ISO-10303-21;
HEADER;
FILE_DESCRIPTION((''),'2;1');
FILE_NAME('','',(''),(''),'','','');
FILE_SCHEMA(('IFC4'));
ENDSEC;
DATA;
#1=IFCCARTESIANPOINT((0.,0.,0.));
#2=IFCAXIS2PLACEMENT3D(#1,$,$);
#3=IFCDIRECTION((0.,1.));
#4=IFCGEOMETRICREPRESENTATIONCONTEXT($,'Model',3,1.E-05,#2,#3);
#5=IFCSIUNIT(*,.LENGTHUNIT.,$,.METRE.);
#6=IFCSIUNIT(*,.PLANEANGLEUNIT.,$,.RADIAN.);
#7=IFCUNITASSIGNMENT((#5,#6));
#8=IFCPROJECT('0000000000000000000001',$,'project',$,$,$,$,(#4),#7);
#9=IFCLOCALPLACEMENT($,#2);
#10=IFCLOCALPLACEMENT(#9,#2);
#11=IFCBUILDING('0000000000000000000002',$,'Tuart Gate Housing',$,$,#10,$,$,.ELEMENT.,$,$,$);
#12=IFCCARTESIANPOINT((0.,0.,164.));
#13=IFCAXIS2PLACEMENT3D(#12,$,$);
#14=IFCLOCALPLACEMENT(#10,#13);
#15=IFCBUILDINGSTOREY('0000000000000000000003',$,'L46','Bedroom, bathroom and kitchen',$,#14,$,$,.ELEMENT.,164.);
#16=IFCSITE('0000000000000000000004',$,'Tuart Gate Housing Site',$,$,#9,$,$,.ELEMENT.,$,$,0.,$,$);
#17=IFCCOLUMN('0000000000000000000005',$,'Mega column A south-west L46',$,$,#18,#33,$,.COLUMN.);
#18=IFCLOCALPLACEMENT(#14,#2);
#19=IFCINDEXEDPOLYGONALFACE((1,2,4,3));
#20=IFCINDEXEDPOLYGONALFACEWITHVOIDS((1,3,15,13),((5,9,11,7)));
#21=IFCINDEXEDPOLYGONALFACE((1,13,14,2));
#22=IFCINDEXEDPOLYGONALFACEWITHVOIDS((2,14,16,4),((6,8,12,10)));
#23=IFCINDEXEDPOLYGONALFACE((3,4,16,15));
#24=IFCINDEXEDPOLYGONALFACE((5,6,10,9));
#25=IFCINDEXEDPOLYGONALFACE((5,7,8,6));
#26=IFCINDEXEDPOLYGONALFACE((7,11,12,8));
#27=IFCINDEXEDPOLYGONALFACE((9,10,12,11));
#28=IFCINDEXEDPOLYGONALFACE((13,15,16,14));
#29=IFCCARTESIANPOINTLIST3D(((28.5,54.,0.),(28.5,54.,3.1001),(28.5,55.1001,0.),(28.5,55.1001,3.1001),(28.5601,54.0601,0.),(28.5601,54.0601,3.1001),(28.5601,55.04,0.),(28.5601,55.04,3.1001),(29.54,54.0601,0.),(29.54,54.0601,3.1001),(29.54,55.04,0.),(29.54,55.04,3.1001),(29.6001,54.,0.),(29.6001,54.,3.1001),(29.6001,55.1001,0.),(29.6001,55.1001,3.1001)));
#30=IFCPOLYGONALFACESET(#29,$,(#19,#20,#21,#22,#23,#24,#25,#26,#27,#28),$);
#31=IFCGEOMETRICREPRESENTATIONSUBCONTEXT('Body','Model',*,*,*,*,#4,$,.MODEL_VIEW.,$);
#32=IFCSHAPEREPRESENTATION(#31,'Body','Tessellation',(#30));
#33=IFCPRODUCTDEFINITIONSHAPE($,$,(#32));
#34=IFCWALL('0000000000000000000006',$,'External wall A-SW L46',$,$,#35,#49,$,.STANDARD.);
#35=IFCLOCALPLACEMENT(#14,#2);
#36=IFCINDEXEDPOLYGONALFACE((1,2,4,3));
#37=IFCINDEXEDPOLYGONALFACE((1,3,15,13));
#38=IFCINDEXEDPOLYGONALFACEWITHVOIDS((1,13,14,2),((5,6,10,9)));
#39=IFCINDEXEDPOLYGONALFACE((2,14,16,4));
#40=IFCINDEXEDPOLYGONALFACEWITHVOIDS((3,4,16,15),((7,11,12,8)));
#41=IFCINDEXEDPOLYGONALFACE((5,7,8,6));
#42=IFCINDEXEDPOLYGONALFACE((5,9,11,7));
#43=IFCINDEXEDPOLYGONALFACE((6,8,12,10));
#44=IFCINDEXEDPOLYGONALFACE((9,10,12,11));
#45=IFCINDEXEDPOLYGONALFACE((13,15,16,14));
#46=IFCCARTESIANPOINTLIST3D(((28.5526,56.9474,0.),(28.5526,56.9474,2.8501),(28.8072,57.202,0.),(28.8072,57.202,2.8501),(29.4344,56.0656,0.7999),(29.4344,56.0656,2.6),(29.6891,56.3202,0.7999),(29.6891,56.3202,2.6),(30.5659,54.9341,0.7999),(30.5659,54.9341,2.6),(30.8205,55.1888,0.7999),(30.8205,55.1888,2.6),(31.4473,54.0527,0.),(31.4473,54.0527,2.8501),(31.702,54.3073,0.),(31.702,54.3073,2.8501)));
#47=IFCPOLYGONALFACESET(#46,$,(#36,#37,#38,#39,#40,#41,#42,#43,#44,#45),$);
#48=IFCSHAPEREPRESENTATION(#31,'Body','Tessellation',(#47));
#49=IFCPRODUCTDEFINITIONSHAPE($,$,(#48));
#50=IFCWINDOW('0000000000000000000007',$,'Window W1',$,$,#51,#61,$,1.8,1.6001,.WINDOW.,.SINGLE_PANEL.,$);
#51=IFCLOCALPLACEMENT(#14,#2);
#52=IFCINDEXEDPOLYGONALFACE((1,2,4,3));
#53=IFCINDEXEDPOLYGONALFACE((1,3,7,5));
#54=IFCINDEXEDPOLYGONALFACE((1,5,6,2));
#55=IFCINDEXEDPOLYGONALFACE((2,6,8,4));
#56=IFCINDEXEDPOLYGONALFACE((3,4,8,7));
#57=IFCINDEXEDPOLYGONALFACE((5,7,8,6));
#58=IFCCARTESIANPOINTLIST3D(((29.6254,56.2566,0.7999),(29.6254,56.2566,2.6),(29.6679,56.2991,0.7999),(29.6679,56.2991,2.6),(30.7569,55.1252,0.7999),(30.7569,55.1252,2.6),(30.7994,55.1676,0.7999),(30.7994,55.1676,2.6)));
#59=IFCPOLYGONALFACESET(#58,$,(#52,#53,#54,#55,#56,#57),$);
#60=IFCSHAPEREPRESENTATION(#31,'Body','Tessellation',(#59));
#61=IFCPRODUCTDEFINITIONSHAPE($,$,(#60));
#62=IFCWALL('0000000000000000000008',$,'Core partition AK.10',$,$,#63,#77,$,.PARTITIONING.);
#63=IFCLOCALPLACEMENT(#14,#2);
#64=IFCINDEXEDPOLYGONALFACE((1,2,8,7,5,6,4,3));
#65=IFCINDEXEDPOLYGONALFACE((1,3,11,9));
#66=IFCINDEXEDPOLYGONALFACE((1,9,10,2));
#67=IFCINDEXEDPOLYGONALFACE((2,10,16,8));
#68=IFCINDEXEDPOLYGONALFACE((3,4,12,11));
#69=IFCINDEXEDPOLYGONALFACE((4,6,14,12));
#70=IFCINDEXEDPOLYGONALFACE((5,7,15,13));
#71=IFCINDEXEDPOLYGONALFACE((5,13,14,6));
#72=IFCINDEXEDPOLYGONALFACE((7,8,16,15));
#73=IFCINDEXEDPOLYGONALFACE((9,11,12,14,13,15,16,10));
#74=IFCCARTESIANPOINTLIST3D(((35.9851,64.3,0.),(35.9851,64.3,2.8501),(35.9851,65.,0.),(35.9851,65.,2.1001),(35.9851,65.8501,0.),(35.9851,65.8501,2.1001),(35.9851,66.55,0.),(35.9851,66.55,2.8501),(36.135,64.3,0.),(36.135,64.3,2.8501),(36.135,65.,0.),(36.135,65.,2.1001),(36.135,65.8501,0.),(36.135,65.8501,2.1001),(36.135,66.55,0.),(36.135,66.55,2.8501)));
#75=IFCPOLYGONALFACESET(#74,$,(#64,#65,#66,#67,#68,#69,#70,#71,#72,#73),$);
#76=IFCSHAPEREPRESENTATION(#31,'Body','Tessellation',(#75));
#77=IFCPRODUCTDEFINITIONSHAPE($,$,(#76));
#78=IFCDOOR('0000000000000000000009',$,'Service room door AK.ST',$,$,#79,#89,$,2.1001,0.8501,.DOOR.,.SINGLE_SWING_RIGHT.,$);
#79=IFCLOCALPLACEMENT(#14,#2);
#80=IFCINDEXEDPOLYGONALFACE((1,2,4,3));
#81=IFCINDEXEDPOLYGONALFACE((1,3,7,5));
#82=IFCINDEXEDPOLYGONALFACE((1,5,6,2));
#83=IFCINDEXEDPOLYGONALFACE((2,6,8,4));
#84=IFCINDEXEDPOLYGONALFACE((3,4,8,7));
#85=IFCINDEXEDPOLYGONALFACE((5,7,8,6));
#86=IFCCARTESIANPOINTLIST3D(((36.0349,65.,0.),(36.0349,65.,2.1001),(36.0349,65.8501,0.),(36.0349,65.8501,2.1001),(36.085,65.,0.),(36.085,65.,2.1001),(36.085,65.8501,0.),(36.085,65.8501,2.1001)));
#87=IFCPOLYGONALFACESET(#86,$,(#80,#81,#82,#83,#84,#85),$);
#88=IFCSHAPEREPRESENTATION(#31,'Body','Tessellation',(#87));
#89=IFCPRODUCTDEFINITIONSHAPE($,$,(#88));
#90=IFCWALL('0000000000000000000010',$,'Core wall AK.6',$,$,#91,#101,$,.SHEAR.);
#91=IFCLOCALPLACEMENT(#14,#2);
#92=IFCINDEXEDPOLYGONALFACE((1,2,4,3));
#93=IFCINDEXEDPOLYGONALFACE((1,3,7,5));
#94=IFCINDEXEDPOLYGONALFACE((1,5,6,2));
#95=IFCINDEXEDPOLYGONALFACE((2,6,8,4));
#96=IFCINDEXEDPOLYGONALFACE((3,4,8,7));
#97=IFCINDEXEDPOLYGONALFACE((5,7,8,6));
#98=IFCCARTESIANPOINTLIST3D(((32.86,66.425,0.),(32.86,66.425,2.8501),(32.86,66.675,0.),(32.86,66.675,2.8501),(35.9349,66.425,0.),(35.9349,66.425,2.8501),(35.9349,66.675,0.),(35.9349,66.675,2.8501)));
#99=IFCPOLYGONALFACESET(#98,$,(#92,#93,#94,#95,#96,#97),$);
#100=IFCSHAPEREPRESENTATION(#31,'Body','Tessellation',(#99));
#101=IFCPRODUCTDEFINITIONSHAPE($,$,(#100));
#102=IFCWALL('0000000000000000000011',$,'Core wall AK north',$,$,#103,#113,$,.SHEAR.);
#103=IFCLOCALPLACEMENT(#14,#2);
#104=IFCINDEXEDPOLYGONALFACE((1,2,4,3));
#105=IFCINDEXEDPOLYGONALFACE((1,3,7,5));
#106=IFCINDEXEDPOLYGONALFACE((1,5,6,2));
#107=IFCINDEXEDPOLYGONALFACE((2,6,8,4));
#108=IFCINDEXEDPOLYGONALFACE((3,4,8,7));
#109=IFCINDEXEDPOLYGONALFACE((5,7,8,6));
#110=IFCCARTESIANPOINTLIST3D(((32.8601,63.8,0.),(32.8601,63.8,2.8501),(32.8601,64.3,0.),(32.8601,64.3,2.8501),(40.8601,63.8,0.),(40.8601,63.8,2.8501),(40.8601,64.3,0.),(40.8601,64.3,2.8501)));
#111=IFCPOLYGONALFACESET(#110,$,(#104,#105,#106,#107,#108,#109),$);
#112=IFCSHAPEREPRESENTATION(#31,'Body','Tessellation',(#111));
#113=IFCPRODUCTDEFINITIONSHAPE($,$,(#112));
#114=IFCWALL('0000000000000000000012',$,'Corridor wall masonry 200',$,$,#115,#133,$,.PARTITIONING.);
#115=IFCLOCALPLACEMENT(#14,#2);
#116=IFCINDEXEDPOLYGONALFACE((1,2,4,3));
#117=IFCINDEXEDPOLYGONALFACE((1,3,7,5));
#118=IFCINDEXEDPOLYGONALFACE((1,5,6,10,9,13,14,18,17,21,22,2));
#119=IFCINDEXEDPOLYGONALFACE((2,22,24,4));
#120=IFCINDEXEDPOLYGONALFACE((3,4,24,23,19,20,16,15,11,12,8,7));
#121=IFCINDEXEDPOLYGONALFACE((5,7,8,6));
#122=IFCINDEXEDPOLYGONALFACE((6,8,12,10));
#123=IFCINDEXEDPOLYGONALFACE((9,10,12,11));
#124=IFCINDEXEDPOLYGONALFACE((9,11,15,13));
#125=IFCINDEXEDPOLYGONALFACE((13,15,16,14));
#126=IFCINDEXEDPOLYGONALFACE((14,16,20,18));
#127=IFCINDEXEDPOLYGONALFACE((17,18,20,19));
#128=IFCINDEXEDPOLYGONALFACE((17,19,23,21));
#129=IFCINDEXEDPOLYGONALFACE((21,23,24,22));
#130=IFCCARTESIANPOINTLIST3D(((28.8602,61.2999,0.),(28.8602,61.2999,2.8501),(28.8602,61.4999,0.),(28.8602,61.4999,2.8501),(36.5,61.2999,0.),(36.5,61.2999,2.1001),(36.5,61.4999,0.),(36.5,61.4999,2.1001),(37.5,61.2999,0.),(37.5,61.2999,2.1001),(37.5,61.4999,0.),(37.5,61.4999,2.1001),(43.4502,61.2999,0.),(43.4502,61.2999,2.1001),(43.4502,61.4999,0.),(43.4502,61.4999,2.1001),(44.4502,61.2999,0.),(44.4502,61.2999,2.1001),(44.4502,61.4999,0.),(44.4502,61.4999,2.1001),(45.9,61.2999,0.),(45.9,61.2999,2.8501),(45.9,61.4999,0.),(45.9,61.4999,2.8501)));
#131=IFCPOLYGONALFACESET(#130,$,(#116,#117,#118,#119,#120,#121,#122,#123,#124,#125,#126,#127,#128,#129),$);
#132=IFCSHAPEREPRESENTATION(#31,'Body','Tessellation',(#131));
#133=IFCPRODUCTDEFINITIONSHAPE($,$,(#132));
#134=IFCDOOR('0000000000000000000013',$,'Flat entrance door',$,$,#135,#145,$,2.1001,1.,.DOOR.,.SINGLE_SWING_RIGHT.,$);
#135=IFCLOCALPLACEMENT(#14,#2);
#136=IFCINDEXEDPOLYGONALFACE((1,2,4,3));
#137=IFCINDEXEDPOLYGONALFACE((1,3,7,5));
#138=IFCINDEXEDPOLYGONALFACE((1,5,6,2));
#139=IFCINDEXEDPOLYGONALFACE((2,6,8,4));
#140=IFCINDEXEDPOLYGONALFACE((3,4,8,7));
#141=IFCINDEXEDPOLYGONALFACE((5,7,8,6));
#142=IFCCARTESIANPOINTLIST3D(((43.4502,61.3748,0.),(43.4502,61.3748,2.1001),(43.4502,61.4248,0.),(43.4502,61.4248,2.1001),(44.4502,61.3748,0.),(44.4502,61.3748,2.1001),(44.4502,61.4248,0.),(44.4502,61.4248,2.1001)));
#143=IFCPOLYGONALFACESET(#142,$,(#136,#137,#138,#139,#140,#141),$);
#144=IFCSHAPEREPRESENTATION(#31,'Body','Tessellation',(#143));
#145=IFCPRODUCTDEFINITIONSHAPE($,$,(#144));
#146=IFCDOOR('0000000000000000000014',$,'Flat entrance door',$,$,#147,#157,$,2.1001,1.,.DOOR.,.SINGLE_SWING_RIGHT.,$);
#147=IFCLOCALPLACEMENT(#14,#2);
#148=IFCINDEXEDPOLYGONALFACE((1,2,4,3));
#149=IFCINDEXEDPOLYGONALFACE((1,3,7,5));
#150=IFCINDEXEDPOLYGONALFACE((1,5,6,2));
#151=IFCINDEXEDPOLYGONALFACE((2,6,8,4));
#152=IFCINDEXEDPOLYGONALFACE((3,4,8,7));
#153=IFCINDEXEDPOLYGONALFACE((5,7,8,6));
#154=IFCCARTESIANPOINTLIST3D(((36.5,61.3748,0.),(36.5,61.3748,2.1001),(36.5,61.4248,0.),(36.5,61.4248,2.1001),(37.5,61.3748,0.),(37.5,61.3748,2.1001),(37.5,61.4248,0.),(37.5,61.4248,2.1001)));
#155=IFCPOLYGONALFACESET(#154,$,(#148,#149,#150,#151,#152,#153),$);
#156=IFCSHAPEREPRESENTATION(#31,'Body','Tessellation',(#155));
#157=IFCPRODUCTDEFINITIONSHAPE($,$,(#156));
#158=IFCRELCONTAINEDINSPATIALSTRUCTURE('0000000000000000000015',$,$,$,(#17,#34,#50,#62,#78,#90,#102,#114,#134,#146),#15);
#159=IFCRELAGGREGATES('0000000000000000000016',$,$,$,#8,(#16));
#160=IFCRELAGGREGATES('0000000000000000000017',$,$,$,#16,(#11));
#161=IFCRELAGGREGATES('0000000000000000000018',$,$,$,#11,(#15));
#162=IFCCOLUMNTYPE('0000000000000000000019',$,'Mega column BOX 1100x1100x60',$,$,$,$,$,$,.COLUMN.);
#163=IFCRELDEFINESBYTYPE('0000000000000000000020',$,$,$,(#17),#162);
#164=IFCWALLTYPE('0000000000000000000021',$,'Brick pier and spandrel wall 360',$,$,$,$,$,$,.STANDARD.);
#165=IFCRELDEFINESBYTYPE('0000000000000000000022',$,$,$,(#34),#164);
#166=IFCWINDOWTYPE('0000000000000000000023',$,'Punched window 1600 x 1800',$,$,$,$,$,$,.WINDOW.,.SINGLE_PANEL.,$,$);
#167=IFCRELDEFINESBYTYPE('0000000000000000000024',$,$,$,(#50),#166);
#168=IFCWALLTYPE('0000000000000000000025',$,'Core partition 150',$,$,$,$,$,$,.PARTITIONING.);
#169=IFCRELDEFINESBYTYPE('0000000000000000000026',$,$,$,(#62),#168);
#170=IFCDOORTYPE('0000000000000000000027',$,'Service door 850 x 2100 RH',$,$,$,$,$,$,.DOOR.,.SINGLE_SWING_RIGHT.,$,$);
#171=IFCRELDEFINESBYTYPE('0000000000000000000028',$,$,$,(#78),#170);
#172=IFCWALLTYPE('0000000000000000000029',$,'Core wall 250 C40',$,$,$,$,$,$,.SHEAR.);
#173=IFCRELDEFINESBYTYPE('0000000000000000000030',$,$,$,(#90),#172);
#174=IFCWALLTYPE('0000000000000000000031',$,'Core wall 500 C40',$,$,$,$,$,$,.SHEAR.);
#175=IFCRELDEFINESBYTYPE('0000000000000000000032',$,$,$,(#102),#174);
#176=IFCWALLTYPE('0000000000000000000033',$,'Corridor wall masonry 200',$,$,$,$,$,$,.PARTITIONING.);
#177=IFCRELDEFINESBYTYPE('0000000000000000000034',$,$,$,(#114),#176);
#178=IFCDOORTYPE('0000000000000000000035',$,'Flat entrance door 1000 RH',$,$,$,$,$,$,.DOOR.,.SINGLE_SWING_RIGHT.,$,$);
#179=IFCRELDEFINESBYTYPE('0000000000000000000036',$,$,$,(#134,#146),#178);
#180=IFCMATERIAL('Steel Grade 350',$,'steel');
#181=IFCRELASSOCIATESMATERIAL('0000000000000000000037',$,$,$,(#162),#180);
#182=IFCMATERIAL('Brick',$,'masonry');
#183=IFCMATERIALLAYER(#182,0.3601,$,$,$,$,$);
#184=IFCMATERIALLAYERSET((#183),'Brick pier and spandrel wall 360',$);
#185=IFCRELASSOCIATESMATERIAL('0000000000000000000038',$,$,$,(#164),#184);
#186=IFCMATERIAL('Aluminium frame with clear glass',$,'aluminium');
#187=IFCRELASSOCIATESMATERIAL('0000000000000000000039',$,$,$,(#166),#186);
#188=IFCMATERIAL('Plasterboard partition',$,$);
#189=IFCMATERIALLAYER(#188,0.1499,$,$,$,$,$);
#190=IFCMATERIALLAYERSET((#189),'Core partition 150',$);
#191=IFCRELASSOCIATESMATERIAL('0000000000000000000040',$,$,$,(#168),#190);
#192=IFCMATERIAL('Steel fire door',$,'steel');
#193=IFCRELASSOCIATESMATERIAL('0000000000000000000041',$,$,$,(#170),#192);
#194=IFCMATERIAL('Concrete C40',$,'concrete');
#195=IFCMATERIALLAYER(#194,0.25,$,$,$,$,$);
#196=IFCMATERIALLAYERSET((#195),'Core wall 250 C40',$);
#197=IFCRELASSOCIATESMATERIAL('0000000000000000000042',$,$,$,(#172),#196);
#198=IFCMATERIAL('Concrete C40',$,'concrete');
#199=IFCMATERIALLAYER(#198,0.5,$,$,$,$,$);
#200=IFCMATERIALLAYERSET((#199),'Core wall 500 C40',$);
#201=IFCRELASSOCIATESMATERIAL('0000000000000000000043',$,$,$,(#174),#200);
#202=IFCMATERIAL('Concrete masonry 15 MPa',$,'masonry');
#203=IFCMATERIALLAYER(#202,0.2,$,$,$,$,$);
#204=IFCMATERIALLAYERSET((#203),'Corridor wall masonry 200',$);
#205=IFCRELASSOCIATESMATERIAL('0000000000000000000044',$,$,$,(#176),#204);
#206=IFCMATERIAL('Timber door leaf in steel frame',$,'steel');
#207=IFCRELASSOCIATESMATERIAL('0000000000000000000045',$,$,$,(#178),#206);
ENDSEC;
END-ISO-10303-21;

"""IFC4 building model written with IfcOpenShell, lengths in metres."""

from ifc_helpers import new_model, si_unit, direction, frame, frame_2d, origin, origin_2d, place, context, subcontext, project, spatial, rectangle, hollow_rectangle, extrude, material, layer, layer_set, material_profile, profile_set, type_object, element, fill, save


model = new_model("IFC4")

# Units and contexts
model_context = context("Model", 3, precision=1e-05, world=origin(), true_north=direction((0.0, 1.0)))
body_context = subcontext(model_context, "Body", "Model", "MODEL_VIEW")
ifc_project = project(units=[si_unit("LENGTHUNIT", "METRE"), si_unit("PLANEANGLEUNIT", "RADIAN")], contexts=[model_context])

# Site, building, storey
site_placement = place(None, origin())
site = spatial("IfcSite", under=ifc_project, at=site_placement, Name="Tuart Gate Housing Site", CompositionType="ELEMENT", RefElevation=0.0)
building_placement = place(site_placement, origin())
building = spatial("IfcBuilding", under=site, at=building_placement, Name="Tuart Gate Housing", CompositionType="ELEMENT")
storey_placement = place(building_placement, frame((0.0, 0.0, 164.0)))
storey = spatial("IfcBuildingStorey", under=building, at=storey_placement, Name="L46", Description="Bedroom, bathroom and kitchen", CompositionType="ELEMENT", Elevation=164.0)

# Column
ifc_material_1 = material(Name="Steel Grade 350", Category="steel")
ifc_material_profile = material_profile(ifc_material_1, hollow_rectangle(XDim=1.1001, YDim=1.1001, WallThickness=0.0601, at=origin_2d()), Name="BOX 1100x1100x60")
ifc_profile_set = profile_set([ifc_material_profile], Name="Steel Grade 350")
column_type = type_object("IfcColumnType", Name="Mega column BOX 1100x1100x60", PredefinedType="COLUMN", material=ifc_profile_set)
column_placement = place(storey_placement, frame((29.05, 54.55, 0.0), z_axis=(0.0, 0.0, 1.0), x_axis=(1.0, 0.0, 0.0)))
element("IfcColumn", 1, at=column_placement, inside=storey, type_object=column_type, Name="Mega column A south-west L46", PredefinedType="COLUMN", context=body_context, shape_type="SweptSolid", body=[
    extrude(hollow_rectangle(XDim=1.1001, YDim=1.1001, WallThickness=0.0601, at=origin_2d()), origin(), (0.0, 0.0, 1.0), 3.1001),
])

# Wall, opening, window
ifc_material_2 = material(Name="Brick", Category="masonry")
ifc_layer_1 = layer(ifc_material_2, 0.3601)
ifc_layer_set_1 = layer_set([ifc_layer_1], Name="Brick pier and spandrel wall 360")
wall_type_1 = type_object("IfcWallType", Name="Brick pier and spandrel wall 360", PredefinedType="STANDARD", material=ifc_layer_set_1)
wall_1_placement = place(storey_placement, frame((28.6799, 57.0747, 0.0), z_axis=(0.0, 0.0, 1.0), x_axis=(0.707107, -0.707107, 0.0)))
wall_1 = element("IfcWall", 2, at=wall_1_placement, inside=storey, type_object=wall_type_1, Name="External wall A-SW L46", PredefinedType="STANDARD", context=body_context, shape_type="SweptSolid", body=[
    extrude(rectangle(XDim=4.0938, YDim=0.3601, at=frame_2d((2.0469, 0.0))), origin(), (0.0, 0.0, 1.0), 2.8501),
])
opening_1_placement = place(wall_1_placement, frame((1.2471, 0.0, 0.8)))
opening_1 = element("IfcOpeningElement", 3, at=opening_1_placement, cuts=wall_1, PredefinedType="OPENING", context=body_context, shape_type="SweptSolid", body=[
    extrude(rectangle(XDim=1.6001, YDim=1.8, at=frame_2d((0.8, 0.8999))), frame((0.0, 0.1899, 0.0), z_axis=(0.0, -1.0, 0.0), x_axis=(1.0, 0.0, 0.0)), (0.0, 0.0, 1.0), 0.3801),
])
ifc_material_3 = material(Name="Aluminium frame with clear glass", Category="aluminium")
window_type = type_object("IfcWindowType", Name="Punched window 1600 x 1800", PartitioningType="SINGLE_PANEL", PredefinedType="WINDOW", material=ifc_material_3)
window_placement = place(opening_1_placement, origin())
window = element("IfcWindow", 4, at=window_placement, inside=storey, type_object=window_type, Name="Window W1", OverallHeight=1.8, OverallWidth=1.6001, PartitioningType="SINGLE_PANEL", PredefinedType="WINDOW", context=body_context, shape_type="SweptSolid", body=[
    extrude(rectangle(XDim=1.6001, YDim=1.8, at=frame_2d((0.8, 0.8999))), frame((0.0, 0.1501, 0.0), z_axis=(0.0, -1.0, 0.0), x_axis=(1.0, 0.0, 0.0)), (0.0, 0.0, 1.0), 0.0601),
])
fill(opening_1, window)

# Wall, opening, door
ifc_material_4 = material(Name="Plasterboard partition")
ifc_layer_2 = layer(ifc_material_4, 0.1499)
ifc_layer_set_2 = layer_set([ifc_layer_2], Name="Core partition 150")
wall_type_2 = type_object("IfcWallType", Name="Core partition 150", PredefinedType="PARTITIONING", material=ifc_layer_set_2)
wall_2_placement = place(storey_placement, frame((36.0601, 66.55, 0.0), z_axis=(0.0, 0.0, 1.0), x_axis=(0.0, -1.0, 0.0)))
wall_2 = element("IfcWall", 5, at=wall_2_placement, inside=storey, type_object=wall_type_2, Name="Core partition AK.10", PredefinedType="PARTITIONING", context=body_context, shape_type="SweptSolid", body=[
    extrude(rectangle(XDim=2.25, YDim=0.1499, at=frame_2d((1.125, 0.0))), origin(), (0.0, 0.0, 1.0), 2.8501),
])
opening_2_placement = place(wall_2_placement, frame((0.7, 0.0, 0.0)))
opening_2 = element("IfcOpeningElement", 6, at=opening_2_placement, cuts=wall_2, PredefinedType="OPENING", context=body_context, shape_type="SweptSolid", body=[
    extrude(rectangle(XDim=0.8501, YDim=2.1001, at=frame_2d((0.425, 1.05))), frame((0.0, 0.085, 0.0), z_axis=(0.0, -1.0, 0.0), x_axis=(1.0, 0.0, 0.0)), (0.0, 0.0, 1.0), 0.1699),
])
ifc_material_5 = material(Name="Steel fire door", Category="steel")
door_type_1 = type_object("IfcDoorType", Name="Service door 850 x 2100 RH", OperationType="SINGLE_SWING_RIGHT", PredefinedType="DOOR", material=ifc_material_5)
door_1_placement = place(opening_2_placement, frame((0.8501, 0.0, 0.0), z_axis=(0.0, 0.0, 1.0), x_axis=(-1.0, 0.0, 0.0)))
door_1 = element("IfcDoor", 7, at=door_1_placement, inside=storey, type_object=door_type_1, Name="Service room door AK.ST", OperationType="SINGLE_SWING_RIGHT", OverallHeight=2.1001, OverallWidth=0.8501, PredefinedType="DOOR", context=body_context, shape_type="SweptSolid", body=[
    extrude(rectangle(XDim=0.8501, YDim=2.1001, at=frame_2d((0.425, 1.05))), frame((0.0, 0.0251, 0.0), z_axis=(0.0, -1.0, 0.0), x_axis=(1.0, 0.0, 0.0)), (0.0, 0.0, 1.0), 0.05),
])
fill(opening_2, door_1)

# Walls
ifc_material_6 = material(Name="Concrete C40", Category="concrete")
ifc_layer_3 = layer(ifc_material_6, 0.25)
ifc_layer_set_3 = layer_set([ifc_layer_3], Name="Core wall 250 C40")
wall_type_3 = type_object("IfcWallType", Name="Core wall 250 C40", PredefinedType="SHEAR", material=ifc_layer_set_3)
wall_3_placement = place(storey_placement, frame((35.9351, 66.55, 0.0), z_axis=(0.0, 0.0, 1.0), x_axis=(-1.0, 0.0, 0.0)))
element("IfcWall", 8, at=wall_3_placement, inside=storey, type_object=wall_type_3, Name="Core wall AK.6", PredefinedType="SHEAR", context=body_context, shape_type="SweptSolid", body=[
    extrude(rectangle(XDim=3.075, YDim=0.25, at=frame_2d((1.5376, 0.0))), origin(), (0.0, 0.0, 1.0), 2.8501),
])
ifc_material_7 = material(Name="Concrete C40", Category="concrete")
ifc_layer_4 = layer(ifc_material_7, 0.5)
ifc_layer_set_4 = layer_set([ifc_layer_4], Name="Core wall 500 C40")
wall_type_4 = type_object("IfcWallType", Name="Core wall 500 C40", PredefinedType="SHEAR", material=ifc_layer_set_4)
wall_4_placement = place(storey_placement, frame((40.8601, 64.05, 0.0), z_axis=(0.0, 0.0, 1.0), x_axis=(-1.0, 0.0, 0.0)))
element("IfcWall", 9, at=wall_4_placement, inside=storey, type_object=wall_type_4, Name="Core wall AK north", PredefinedType="SHEAR", context=body_context, shape_type="SweptSolid", body=[
    extrude(rectangle(XDim=8.0, YDim=0.5, at=frame_2d((4.0, 0.0))), origin(), (0.0, 0.0, 1.0), 2.8501),
])

# Wall, openings, doors
ifc_material_8 = material(Name="Concrete masonry 15 MPa", Category="masonry")
ifc_layer_5 = layer(ifc_material_8, 0.2)
ifc_layer_set_5 = layer_set([ifc_layer_5], Name="Corridor wall masonry 200")
wall_type_5 = type_object("IfcWallType", Name="Corridor wall masonry 200", PredefinedType="PARTITIONING", material=ifc_layer_set_5)
wall_5_placement = place(storey_placement, frame((28.8601, 61.3999, 0.0), z_axis=(0.0, 0.0, 1.0), x_axis=(1.0, 0.0, 0.0)))
wall_5 = element("IfcWall", 10, at=wall_5_placement, inside=storey, type_object=wall_type_5, Name="Corridor wall masonry 200", PredefinedType="PARTITIONING", context=body_context, shape_type="SweptSolid", body=[
    extrude(rectangle(XDim=17.0398, YDim=0.2, at=frame_2d((8.52, 0.0))), origin(), (0.0, 0.0, 1.0), 2.8501),
])
opening_3_placement = place(wall_5_placement, frame((14.5901, 0.0, 0.0)))
opening_3 = element("IfcOpeningElement", 11, at=opening_3_placement, cuts=wall_5, PredefinedType="OPENING", context=body_context, shape_type="SweptSolid", body=[
    extrude(rectangle(XDim=1.0, YDim=2.1001, at=frame_2d((0.5, 1.05))), frame((0.0, 0.1099, 0.0), z_axis=(0.0, -1.0, 0.0), x_axis=(1.0, 0.0, 0.0)), (0.0, 0.0, 1.0), 0.22),
])
opening_4_placement = place(wall_5_placement, frame((7.6399, 0.0, 0.0)))
opening_4 = element("IfcOpeningElement", 12, at=opening_4_placement, cuts=wall_5, PredefinedType="OPENING", context=body_context, shape_type="SweptSolid", body=[
    extrude(rectangle(XDim=1.0, YDim=2.1001, at=frame_2d((0.5, 1.05))), frame((0.0, 0.1099, 0.0), z_axis=(0.0, -1.0, 0.0), x_axis=(1.0, 0.0, 0.0)), (0.0, 0.0, 1.0), 0.22),
])
ifc_material_9 = material(Name="Timber door leaf in steel frame", Category="steel")
door_type_2 = type_object("IfcDoorType", Name="Flat entrance door 1000 RH", OperationType="SINGLE_SWING_RIGHT", PredefinedType="DOOR", material=ifc_material_9)
door_2_placement = place(opening_3_placement, frame((1.0, 0.0, 0.0), z_axis=(0.0, 0.0, 1.0), x_axis=(-1.0, 0.0, 0.0)))
door_2 = element("IfcDoor", 13, at=door_2_placement, inside=storey, type_object=door_type_2, Name="Flat entrance door", OperationType="SINGLE_SWING_RIGHT", OverallHeight=2.1001, OverallWidth=1.0, PredefinedType="DOOR", context=body_context, shape_type="SweptSolid", body=[
    extrude(rectangle(XDim=1.0, YDim=2.1001, at=frame_2d((0.5, 1.05))), frame((0.0, 0.0251, 0.0), z_axis=(0.0, -1.0, 0.0), x_axis=(1.0, 0.0, 0.0)), (0.0, 0.0, 1.0), 0.05),
])
fill(opening_3, door_2)
door_3_placement = place(opening_4_placement, frame((1.0, 0.0, 0.0), z_axis=(0.0, 0.0, 1.0), x_axis=(-1.0, 0.0, 0.0)))
door_3 = element("IfcDoor", 14, at=door_3_placement, inside=storey, type_object=door_type_2, Name="Flat entrance door", OperationType="SINGLE_SWING_RIGHT", OverallHeight=2.1001, OverallWidth=1.0, PredefinedType="DOOR", context=body_context, shape_type="SweptSolid", body=[
    extrude(rectangle(XDim=1.0, YDim=2.1001, at=frame_2d((0.5, 1.05))), frame((0.0, 0.0251, 0.0), z_axis=(0.0, -1.0, 0.0), x_axis=(1.0, 0.0, 0.0)), (0.0, 0.0, 1.0), 0.05),
])
fill(opening_4, door_3)

save(model, "model.ifc")
